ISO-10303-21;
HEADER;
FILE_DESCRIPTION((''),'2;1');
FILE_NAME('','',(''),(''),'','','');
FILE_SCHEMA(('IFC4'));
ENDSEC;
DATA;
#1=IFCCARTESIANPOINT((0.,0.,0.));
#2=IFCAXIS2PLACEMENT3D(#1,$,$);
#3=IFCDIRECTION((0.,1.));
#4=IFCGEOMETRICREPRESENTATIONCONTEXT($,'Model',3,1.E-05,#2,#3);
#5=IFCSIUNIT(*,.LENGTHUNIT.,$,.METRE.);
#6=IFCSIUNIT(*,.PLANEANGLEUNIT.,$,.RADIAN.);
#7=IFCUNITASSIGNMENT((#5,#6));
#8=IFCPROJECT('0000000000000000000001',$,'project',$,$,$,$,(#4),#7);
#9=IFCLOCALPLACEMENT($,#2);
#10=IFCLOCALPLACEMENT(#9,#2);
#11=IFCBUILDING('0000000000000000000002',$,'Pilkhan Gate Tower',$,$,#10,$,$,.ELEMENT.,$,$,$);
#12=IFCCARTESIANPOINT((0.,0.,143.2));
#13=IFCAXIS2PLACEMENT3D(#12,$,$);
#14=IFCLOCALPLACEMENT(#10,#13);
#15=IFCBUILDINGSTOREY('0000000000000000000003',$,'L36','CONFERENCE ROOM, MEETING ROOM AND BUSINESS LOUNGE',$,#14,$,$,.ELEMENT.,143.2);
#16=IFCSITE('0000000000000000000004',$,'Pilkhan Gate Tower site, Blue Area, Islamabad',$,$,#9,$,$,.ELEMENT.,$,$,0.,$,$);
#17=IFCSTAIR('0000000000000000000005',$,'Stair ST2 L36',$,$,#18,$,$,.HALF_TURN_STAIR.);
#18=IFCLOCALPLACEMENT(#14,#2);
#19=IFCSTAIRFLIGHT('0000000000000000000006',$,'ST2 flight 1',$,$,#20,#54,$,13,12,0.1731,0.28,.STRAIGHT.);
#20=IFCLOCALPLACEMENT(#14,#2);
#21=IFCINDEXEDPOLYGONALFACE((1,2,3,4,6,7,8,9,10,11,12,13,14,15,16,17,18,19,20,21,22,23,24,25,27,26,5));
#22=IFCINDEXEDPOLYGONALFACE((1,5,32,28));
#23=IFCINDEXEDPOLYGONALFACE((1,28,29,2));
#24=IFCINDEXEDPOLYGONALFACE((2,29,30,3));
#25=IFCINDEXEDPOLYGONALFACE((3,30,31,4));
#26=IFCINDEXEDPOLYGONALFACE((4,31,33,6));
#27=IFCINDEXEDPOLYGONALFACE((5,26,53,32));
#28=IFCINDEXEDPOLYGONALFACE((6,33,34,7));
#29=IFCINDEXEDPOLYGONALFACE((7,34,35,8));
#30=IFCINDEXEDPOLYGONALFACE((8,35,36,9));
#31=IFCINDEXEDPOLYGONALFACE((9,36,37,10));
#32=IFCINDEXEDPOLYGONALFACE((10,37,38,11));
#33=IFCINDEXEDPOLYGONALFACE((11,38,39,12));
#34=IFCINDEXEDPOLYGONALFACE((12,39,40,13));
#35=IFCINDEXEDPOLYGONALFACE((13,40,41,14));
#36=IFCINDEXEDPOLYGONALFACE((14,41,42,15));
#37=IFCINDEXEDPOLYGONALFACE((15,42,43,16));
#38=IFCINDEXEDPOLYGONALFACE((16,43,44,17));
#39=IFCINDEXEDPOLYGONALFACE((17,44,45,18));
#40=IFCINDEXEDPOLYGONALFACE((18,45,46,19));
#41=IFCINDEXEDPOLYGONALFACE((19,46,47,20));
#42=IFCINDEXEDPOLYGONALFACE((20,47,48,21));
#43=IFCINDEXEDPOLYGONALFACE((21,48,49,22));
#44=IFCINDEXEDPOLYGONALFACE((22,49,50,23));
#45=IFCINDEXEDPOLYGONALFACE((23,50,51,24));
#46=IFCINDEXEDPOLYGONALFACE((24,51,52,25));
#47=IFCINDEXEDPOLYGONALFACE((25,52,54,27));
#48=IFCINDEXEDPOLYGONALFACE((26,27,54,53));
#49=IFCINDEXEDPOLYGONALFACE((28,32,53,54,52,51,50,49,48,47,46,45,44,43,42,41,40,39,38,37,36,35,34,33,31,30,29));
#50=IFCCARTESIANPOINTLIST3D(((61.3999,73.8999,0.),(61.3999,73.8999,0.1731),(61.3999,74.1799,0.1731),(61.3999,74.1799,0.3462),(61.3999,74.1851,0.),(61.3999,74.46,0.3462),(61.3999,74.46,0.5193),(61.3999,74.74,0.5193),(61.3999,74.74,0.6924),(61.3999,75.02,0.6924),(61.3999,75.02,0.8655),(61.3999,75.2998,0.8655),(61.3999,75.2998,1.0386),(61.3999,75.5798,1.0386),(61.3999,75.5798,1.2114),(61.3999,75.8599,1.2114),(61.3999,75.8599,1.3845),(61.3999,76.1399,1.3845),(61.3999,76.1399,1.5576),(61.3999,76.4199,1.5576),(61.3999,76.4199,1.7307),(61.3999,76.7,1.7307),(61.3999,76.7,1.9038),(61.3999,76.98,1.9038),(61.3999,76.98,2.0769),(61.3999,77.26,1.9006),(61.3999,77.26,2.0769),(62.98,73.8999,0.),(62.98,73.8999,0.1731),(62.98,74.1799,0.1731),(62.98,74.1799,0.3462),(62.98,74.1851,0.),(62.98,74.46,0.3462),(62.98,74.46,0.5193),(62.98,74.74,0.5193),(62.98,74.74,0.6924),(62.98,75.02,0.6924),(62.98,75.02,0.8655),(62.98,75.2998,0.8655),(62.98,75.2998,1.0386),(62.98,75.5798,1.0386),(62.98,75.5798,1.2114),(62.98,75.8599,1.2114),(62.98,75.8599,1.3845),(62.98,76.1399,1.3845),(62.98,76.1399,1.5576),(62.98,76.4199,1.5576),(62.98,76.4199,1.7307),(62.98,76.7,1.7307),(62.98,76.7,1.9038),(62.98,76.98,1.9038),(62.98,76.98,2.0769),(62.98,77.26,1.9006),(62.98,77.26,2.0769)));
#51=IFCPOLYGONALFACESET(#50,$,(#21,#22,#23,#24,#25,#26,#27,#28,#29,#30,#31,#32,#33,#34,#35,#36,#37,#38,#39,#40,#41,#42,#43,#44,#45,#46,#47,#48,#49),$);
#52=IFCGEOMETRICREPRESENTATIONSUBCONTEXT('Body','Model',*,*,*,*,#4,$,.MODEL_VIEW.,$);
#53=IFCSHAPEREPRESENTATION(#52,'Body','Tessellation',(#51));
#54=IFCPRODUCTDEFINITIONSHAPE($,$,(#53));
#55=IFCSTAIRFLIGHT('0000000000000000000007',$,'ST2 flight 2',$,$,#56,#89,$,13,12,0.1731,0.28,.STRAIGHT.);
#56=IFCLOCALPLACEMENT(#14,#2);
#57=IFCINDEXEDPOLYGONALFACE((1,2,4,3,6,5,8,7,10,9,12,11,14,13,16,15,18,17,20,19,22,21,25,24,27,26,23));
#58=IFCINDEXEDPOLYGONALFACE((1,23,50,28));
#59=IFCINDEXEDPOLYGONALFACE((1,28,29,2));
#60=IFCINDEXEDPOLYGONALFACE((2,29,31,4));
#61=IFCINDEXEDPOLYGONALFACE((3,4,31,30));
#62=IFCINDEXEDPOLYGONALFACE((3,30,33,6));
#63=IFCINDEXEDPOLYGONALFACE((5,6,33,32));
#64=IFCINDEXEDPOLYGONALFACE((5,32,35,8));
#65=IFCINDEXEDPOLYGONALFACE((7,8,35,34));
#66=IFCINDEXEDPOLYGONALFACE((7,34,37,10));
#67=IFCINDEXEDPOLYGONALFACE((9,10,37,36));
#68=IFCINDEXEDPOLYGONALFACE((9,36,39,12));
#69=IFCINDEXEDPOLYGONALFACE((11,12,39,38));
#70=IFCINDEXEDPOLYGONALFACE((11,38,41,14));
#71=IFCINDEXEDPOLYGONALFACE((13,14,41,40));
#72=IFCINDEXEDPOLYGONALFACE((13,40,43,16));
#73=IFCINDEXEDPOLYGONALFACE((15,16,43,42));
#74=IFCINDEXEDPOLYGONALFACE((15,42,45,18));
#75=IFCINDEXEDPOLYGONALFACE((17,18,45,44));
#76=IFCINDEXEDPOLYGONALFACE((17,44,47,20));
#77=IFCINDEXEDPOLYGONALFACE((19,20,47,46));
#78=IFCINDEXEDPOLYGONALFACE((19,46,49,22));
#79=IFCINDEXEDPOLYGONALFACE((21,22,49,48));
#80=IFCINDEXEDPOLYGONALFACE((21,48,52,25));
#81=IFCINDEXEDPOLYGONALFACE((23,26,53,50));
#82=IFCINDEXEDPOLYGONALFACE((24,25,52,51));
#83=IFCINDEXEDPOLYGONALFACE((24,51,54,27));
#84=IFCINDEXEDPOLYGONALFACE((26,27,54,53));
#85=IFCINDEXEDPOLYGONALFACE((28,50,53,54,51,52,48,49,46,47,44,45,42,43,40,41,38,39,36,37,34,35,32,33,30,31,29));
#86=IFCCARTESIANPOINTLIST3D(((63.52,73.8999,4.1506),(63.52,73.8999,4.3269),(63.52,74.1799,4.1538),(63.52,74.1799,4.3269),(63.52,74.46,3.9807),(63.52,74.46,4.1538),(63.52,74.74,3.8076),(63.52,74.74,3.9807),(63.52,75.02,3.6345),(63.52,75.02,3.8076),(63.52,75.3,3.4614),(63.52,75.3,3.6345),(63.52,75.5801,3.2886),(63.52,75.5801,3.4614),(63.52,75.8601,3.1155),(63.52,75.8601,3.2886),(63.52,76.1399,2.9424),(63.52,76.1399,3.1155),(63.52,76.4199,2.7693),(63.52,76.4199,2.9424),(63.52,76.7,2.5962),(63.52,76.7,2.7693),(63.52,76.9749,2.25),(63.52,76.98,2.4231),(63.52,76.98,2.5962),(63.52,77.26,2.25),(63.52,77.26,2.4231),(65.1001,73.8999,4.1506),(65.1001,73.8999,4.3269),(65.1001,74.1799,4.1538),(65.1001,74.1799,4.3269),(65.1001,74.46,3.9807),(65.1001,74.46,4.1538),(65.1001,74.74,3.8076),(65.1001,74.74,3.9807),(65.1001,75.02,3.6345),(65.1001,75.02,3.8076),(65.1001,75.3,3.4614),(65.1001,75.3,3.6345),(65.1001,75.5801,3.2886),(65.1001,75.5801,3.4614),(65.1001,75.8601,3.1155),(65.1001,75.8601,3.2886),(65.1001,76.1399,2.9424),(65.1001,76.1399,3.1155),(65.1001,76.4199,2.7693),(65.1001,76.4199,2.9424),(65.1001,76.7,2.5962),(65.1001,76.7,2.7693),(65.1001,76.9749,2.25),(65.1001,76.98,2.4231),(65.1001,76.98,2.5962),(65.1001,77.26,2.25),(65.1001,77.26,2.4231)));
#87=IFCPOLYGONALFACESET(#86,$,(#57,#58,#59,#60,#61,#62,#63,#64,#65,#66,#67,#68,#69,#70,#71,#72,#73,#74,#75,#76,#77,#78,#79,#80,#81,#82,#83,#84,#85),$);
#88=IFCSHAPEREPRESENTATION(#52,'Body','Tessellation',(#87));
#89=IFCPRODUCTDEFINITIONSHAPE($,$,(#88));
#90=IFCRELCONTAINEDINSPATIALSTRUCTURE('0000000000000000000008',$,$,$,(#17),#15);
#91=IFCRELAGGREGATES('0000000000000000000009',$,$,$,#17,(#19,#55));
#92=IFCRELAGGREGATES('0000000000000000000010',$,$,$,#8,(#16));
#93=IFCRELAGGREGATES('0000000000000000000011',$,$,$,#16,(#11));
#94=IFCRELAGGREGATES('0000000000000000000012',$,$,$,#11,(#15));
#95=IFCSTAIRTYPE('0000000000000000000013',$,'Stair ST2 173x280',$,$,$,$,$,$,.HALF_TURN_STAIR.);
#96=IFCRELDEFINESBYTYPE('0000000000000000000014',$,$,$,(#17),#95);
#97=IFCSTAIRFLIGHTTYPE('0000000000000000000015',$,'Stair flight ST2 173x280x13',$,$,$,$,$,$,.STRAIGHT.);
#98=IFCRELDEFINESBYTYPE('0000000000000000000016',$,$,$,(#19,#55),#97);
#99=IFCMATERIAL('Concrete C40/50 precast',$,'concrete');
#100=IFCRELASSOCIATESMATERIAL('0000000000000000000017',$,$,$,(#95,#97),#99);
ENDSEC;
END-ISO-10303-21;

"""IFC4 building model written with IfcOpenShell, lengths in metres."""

from ifc_helpers import new_model, si_unit, direction, frame, origin, place, context, subcontext, project, spatial, polyline, outline, extrude, material, type_object, element, aggregate, save


model = new_model("IFC4")

# Units and contexts
model_context = context("Model", 3, precision=1e-05, world=origin(), true_north=direction((0.0, 1.0)))
body_context = subcontext(model_context, "Body", "Model", "MODEL_VIEW")
ifc_project = project(units=[si_unit("LENGTHUNIT", "METRE"), si_unit("PLANEANGLEUNIT", "RADIAN")], contexts=[model_context])

# Site, building, storey
site_placement = place(None, origin())
site = spatial("IfcSite", under=ifc_project, at=site_placement, Name="Pilkhan Gate Tower site, Blue Area, Islamabad", CompositionType="ELEMENT", RefElevation=0.0)
building_placement = place(site_placement, origin())
building = spatial("IfcBuilding", under=site, at=building_placement, Name="Pilkhan Gate Tower", CompositionType="ELEMENT")
storey_placement = place(building_placement, frame((0.0, 0.0, 143.2)))
storey = spatial("IfcBuildingStorey", under=building, at=storey_placement, Name="L36", Description="CONFERENCE ROOM, MEETING ROOM AND BUSINESS LOUNGE", CompositionType="ELEMENT", Elevation=143.2)

# Stair, stair flights
ifc_material_1 = material(Name="Concrete C40/50 precast", Category="concrete")
stair_type = type_object("IfcStairType", Name="Stair ST2 173x280", PredefinedType="HALF_TURN_STAIR", material=ifc_material_1)
stair_placement = place(storey_placement, origin())
stair = element("IfcStair", 1, at=stair_placement, inside=storey, type_object=stair_type, Name="Stair ST2 L36", PredefinedType="HALF_TURN_STAIR")
stair_flight_type = type_object("IfcStairFlightType", Name="Stair flight ST2 173x280x13", PredefinedType="STRAIGHT", material=ifc_material_1)
stair_flight_1_placement = place(storey_placement, frame((62.1899, 73.8999, 0.0), z_axis=(0.0, 0.0, 1.0), x_axis=(0.0, 1.0, 0.0)))
stair_flight_1 = element("IfcStairFlight", 2, at=stair_flight_1_placement, type_object=stair_flight_type, Name="ST2 flight 1", NumberOfRisers=13, NumberOfTreads=12, PredefinedType="STRAIGHT", RiserHeight=0.1731, TreadLength=0.28, context=body_context, shape_type="SweptSolid", body=[
    extrude(outline(polyline([(0.0, 0.0), (0.0, 0.1731), (0.28, 0.1731), (0.28, 0.3462), (0.5601, 0.3462), (0.5601, 0.5193), (0.8401, 0.5193), (0.8401, 0.6924), (1.1201, 0.6924), (1.1201, 0.8655), (1.3999, 0.8655), (1.3999, 1.0386), (1.6799, 1.0386), (1.6799, 1.2114), (1.96, 1.2114), (1.96, 1.3845), (2.24, 1.3845), (2.24, 1.5576), (2.52, 1.5576), (2.52, 1.7307), (2.8, 1.7307), (2.8, 1.9038), (3.0801, 1.9038), (3.0801, 2.0769), (3.3601, 2.0769), (3.3601, 2.25), (3.3601, 1.9006), (0.2852, 0.0), (0.0, 0.0)])), frame((0.0, 0.79, 0.0), z_axis=(0.0, -1.0, 0.0), x_axis=(1.0, 0.0, 0.0)), (0.0, 0.0, 1.0), 1.5801),
])
stair_flight_2_placement = place(storey_placement, frame((64.3101, 77.26, 2.25), z_axis=(0.0, 0.0, 1.0), x_axis=(0.0, -1.0, 0.0)))
stair_flight_2 = element("IfcStairFlight", 3, at=stair_flight_2_placement, type_object=stair_flight_type, Name="ST2 flight 2", NumberOfRisers=13, NumberOfTreads=12, PredefinedType="STRAIGHT", RiserHeight=0.1731, TreadLength=0.28, context=body_context, shape_type="SweptSolid", body=[
    extrude(outline(polyline([(0.0, 0.0), (0.0, 0.1731), (0.28, 0.1731), (0.28, 0.3462), (0.5601, 0.3462), (0.5601, 0.5193), (0.8401, 0.5193), (0.8401, 0.6924), (1.1201, 0.6924), (1.1201, 0.8655), (1.3999, 0.8655), (1.3999, 1.0386), (1.6799, 1.0386), (1.6799, 1.2114), (1.96, 1.2114), (1.96, 1.3845), (2.24, 1.3845), (2.24, 1.5576), (2.52, 1.5576), (2.52, 1.7307), (2.8, 1.7307), (2.8, 1.9038), (3.0801, 1.9038), (3.0801, 2.0769), (3.3601, 2.0769), (3.3601, 2.25), (3.3601, 1.9006), (0.2852, 0.0), (0.0, 0.0)])), frame((0.0, 0.79, 0.0), z_axis=(0.0, -1.0, 0.0), x_axis=(1.0, 0.0, 0.0)), (0.0, 0.0, 1.0), 1.5801),
])
aggregate(stair, [stair_flight_1, stair_flight_2])

save(model, "model.ifc")
